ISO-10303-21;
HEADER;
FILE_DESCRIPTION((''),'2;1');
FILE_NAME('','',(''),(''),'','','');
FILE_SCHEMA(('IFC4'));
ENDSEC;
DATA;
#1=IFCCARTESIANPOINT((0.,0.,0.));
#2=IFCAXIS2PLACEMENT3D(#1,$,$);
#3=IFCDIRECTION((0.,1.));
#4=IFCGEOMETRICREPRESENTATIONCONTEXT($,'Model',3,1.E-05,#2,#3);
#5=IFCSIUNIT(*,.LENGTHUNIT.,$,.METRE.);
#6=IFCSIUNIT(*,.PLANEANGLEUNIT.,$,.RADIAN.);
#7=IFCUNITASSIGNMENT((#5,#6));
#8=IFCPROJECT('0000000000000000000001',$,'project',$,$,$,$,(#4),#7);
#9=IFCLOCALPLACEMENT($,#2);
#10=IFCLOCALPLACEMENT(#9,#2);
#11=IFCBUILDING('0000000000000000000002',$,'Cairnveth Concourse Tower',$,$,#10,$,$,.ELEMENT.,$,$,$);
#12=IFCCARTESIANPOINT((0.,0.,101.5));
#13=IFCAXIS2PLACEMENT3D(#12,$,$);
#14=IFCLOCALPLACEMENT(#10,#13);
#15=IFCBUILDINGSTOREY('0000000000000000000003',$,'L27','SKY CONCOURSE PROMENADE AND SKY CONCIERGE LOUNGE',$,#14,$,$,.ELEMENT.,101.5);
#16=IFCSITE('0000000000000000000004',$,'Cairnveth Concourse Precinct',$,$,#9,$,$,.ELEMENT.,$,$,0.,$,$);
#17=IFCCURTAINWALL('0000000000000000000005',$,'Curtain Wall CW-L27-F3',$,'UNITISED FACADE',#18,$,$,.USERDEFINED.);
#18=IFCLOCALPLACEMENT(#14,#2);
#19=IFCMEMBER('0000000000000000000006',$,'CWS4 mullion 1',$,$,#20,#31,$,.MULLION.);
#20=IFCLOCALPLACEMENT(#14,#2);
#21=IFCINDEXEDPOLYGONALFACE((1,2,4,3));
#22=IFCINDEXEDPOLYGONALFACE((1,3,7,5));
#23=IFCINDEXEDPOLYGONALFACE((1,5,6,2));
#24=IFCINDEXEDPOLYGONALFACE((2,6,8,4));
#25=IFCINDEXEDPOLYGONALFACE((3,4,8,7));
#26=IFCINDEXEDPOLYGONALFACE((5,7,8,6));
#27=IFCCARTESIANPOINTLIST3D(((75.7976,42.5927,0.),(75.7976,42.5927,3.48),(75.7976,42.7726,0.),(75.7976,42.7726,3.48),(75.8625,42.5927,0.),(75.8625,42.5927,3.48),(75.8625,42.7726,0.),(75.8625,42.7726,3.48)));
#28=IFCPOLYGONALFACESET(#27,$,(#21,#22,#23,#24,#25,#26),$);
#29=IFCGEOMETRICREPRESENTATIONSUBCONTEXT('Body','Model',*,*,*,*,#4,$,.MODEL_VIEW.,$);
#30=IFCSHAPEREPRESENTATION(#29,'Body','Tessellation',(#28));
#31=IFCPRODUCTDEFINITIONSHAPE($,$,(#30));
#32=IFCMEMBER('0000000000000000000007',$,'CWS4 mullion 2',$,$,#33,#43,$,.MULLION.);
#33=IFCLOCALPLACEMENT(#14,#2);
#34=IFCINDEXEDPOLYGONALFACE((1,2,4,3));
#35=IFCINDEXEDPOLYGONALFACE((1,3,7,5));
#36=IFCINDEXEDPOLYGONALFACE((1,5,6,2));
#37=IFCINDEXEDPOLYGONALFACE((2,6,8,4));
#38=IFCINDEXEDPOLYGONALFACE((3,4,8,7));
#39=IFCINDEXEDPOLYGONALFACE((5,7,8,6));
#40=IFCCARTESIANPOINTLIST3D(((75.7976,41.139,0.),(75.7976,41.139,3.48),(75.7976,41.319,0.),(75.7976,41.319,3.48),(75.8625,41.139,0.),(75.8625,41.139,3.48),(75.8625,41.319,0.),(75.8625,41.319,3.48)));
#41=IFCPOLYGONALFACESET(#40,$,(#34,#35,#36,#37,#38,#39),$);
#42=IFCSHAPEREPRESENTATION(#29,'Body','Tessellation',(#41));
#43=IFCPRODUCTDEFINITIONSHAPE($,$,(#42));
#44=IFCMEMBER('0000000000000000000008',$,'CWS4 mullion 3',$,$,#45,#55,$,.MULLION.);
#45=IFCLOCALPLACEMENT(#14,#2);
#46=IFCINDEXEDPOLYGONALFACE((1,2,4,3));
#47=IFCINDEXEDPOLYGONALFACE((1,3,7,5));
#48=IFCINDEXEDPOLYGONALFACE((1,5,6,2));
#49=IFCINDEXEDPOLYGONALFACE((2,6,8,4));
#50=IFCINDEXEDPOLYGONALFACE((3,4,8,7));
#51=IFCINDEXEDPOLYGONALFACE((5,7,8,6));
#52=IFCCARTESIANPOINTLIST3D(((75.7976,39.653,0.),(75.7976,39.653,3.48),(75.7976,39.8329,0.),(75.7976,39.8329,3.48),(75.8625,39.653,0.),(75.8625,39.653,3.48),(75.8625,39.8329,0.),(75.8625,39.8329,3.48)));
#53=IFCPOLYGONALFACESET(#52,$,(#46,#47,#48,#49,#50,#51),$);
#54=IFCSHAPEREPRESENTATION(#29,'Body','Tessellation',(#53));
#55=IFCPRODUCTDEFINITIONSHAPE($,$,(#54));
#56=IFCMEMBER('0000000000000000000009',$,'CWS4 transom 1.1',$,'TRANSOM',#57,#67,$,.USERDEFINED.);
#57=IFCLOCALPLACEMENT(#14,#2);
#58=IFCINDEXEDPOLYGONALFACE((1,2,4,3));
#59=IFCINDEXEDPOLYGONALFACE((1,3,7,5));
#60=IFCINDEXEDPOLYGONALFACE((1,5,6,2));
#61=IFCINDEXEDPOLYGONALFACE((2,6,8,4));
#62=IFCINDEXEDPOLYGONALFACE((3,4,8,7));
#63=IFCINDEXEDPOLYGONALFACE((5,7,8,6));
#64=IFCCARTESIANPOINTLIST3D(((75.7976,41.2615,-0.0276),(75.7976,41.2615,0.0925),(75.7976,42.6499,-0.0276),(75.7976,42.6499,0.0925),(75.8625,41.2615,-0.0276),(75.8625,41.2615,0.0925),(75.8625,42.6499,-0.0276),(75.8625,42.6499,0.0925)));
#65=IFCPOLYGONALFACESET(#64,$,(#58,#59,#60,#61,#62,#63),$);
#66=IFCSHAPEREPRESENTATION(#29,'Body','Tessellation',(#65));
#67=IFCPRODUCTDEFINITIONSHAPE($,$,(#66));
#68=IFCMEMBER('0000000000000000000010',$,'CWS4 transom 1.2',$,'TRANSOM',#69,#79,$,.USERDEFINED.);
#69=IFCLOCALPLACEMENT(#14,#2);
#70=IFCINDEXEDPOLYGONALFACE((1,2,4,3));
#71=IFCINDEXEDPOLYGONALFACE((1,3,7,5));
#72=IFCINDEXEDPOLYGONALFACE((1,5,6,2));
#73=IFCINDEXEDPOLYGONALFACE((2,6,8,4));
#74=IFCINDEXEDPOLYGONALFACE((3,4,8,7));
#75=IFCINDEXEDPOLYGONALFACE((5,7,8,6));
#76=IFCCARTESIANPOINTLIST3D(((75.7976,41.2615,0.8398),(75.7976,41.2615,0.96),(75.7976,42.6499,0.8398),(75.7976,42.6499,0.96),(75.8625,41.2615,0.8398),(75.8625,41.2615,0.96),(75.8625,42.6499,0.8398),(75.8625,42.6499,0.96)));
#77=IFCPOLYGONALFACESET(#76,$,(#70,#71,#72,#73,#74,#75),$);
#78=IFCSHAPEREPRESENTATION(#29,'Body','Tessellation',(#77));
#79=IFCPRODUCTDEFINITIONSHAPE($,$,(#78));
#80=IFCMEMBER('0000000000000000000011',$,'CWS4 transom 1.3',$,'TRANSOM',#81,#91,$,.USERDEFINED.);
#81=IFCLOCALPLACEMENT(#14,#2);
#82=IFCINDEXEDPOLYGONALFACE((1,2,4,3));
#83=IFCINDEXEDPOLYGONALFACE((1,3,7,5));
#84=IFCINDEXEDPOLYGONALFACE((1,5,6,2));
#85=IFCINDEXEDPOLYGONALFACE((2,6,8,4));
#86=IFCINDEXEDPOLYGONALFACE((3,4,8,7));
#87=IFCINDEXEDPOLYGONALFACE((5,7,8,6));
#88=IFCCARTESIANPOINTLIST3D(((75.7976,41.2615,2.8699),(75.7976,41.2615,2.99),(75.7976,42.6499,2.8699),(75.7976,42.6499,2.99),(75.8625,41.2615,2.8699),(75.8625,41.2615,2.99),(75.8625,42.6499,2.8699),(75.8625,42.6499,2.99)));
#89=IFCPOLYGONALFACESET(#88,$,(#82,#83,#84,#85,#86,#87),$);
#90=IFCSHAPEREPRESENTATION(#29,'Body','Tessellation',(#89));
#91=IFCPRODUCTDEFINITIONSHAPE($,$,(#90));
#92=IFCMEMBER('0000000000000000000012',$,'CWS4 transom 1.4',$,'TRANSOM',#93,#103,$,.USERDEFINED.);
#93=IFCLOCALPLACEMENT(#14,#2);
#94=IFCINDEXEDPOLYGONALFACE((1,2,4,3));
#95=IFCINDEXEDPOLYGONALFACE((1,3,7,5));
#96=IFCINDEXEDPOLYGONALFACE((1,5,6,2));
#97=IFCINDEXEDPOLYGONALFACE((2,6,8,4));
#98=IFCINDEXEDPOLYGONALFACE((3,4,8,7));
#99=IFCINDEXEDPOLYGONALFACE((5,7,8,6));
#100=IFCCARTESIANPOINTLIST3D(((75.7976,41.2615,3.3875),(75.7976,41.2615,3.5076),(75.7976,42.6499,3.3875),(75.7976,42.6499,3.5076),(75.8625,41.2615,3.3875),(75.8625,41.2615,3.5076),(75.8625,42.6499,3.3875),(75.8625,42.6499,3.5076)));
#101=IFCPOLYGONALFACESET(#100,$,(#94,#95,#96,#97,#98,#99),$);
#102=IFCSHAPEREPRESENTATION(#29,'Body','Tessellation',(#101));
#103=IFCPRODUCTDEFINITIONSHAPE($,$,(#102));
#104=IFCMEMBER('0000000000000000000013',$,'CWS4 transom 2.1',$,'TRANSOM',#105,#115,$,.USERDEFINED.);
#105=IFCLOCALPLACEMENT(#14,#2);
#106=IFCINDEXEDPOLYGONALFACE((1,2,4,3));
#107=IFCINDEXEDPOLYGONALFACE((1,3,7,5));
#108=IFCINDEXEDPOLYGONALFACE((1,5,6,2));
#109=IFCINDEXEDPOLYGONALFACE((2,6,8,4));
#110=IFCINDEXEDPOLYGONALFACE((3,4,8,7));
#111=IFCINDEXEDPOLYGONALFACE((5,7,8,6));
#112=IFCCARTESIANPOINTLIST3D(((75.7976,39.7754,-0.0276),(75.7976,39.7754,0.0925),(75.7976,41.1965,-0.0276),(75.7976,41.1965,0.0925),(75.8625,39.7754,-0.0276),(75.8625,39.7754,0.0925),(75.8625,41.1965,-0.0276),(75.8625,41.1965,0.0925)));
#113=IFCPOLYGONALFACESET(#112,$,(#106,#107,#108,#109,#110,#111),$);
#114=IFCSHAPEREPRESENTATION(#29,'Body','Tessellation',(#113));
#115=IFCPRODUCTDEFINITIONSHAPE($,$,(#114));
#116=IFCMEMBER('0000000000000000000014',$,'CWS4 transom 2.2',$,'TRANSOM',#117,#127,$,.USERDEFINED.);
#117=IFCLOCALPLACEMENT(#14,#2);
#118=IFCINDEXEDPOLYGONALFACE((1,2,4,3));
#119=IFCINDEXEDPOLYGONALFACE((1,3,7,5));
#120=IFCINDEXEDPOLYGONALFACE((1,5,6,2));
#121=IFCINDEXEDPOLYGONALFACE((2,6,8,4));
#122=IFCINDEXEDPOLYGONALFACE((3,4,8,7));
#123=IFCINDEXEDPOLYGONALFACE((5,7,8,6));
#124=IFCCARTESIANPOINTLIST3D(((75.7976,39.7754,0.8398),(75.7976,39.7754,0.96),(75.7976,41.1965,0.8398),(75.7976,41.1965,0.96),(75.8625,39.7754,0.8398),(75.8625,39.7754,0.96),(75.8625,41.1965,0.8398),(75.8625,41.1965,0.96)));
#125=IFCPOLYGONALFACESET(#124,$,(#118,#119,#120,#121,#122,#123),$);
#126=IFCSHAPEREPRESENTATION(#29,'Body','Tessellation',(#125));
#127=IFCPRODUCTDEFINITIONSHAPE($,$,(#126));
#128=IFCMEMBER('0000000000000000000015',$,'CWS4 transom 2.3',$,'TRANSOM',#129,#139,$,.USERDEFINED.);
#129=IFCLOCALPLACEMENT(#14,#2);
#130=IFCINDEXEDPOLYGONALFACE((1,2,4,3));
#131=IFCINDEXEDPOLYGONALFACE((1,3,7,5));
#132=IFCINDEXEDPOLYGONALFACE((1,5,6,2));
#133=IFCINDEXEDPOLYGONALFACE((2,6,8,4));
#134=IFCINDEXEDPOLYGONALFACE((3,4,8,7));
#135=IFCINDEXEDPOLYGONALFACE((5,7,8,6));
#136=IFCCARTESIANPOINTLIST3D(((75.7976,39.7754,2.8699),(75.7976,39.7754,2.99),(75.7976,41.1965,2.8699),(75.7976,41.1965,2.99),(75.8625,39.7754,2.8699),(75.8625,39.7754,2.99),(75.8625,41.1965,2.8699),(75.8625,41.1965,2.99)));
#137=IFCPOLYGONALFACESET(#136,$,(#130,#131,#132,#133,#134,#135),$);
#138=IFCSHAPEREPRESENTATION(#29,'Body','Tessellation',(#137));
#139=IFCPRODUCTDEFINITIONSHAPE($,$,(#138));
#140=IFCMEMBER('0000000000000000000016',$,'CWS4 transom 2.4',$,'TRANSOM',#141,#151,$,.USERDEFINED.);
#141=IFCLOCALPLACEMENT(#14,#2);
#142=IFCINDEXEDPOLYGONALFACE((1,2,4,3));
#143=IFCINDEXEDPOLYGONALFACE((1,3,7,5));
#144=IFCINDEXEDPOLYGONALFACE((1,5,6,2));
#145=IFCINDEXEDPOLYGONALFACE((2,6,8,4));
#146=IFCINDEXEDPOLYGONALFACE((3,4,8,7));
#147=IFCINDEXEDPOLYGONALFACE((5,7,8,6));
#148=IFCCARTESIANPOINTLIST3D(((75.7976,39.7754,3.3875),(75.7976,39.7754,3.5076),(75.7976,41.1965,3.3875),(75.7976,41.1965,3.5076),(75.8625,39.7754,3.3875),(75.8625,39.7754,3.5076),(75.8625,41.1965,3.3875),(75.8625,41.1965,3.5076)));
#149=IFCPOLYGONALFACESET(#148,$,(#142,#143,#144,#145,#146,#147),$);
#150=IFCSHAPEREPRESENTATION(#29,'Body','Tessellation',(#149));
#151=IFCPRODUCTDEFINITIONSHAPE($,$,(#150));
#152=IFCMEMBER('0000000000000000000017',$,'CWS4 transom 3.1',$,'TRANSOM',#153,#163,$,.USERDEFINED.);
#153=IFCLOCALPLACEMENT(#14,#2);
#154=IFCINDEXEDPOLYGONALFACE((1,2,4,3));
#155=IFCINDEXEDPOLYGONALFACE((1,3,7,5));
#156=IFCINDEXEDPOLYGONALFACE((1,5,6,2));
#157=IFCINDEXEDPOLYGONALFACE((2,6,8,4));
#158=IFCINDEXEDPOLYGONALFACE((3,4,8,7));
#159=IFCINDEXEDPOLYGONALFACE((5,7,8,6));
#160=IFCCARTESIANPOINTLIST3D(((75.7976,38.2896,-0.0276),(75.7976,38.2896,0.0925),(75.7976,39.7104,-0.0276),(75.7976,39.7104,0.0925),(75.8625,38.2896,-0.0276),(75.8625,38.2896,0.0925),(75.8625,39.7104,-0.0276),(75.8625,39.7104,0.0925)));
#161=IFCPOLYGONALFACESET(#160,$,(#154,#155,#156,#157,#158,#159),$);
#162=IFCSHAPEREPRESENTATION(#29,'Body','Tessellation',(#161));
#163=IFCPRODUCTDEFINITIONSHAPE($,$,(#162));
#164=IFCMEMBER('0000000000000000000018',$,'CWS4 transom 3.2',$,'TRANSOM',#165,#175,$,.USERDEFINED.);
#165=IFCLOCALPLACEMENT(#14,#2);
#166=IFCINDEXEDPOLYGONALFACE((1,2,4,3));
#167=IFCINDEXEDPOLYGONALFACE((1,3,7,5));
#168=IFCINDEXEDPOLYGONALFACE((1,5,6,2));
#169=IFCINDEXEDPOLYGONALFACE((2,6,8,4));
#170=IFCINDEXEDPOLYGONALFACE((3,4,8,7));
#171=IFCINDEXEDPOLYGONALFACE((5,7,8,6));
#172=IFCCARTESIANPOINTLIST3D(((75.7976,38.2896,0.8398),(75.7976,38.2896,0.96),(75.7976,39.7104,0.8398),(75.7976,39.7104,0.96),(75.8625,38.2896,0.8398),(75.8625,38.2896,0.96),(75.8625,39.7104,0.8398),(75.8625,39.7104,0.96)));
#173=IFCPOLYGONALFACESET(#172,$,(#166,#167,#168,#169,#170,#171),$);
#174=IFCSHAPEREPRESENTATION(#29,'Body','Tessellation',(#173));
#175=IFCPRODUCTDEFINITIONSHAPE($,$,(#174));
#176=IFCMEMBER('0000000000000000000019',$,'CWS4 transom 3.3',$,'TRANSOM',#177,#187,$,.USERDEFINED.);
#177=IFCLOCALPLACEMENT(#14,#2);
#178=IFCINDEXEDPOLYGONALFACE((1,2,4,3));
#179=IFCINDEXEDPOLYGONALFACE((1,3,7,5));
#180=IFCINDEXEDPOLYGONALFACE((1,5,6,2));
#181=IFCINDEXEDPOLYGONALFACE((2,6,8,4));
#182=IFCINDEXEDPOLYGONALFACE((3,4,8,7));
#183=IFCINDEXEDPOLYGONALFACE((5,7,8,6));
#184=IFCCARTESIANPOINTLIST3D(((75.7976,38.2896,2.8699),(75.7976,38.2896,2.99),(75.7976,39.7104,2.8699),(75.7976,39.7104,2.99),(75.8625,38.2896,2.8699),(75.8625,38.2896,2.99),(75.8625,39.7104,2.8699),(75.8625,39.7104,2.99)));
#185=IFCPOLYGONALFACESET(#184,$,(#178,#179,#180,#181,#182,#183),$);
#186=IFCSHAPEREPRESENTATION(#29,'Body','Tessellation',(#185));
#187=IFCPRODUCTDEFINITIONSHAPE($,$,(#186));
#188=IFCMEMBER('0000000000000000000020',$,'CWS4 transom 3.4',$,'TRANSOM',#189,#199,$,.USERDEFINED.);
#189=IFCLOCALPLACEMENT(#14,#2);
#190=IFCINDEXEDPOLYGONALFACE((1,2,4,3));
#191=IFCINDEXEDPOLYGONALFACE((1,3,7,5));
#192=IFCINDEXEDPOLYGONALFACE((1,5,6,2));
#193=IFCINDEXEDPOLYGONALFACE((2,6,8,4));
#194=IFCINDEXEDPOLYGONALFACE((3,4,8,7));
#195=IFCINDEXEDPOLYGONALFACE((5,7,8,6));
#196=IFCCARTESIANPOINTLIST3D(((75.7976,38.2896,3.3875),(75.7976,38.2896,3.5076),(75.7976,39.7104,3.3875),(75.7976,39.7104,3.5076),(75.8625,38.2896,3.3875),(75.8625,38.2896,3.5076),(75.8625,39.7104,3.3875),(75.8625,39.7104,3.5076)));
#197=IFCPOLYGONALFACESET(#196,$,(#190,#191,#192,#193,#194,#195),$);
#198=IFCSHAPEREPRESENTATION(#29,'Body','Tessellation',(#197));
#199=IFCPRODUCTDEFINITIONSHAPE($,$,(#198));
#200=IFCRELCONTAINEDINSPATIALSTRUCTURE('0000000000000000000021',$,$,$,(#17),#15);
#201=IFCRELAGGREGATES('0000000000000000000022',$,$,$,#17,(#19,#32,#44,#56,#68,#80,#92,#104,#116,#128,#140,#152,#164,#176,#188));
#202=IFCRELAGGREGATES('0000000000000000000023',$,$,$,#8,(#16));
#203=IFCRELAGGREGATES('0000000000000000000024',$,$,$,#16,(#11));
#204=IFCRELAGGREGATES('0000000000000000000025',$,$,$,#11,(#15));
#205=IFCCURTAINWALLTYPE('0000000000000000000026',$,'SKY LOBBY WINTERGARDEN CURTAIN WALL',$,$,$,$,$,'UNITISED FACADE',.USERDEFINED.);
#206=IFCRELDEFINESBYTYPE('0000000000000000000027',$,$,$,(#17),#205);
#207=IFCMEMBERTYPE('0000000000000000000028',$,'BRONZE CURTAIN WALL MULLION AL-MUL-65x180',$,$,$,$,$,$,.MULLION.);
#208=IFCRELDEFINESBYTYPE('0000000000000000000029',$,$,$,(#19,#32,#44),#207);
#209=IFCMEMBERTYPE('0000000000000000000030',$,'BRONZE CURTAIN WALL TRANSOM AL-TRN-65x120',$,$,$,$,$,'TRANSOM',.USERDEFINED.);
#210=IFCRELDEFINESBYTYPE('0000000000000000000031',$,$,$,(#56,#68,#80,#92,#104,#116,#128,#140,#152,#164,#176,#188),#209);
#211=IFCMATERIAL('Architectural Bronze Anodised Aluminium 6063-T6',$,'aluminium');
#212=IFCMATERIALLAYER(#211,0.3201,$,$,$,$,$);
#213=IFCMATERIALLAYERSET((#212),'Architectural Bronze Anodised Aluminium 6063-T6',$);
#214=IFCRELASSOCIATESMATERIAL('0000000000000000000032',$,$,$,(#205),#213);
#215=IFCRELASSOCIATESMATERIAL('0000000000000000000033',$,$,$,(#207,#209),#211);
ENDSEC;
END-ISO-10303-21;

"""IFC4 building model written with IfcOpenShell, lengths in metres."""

from ifc_helpers import new_model, si_unit, direction, frame, origin, origin_2d, place, context, subcontext, project, spatial, rectangle, extrude, material, layer, layer_set, material_profile, profile_set, type_object, element, aggregate, save


model = new_model("IFC4")

# Units and contexts
model_context = context("Model", 3, precision=1e-05, world=origin(), true_north=direction((0.0, 1.0)))
body_context = subcontext(model_context, "Body", "Model", "MODEL_VIEW")
ifc_project = project(units=[si_unit("LENGTHUNIT", "METRE"), si_unit("PLANEANGLEUNIT", "RADIAN")], contexts=[model_context])

# Site, building, storey
site_placement = place(None, origin())
site = spatial("IfcSite", under=ifc_project, at=site_placement, Name="Cairnveth Concourse Precinct", CompositionType="ELEMENT", RefElevation=0.0)
building_placement = place(site_placement, origin())
building = spatial("IfcBuilding", under=site, at=building_placement, Name="Cairnveth Concourse Tower", CompositionType="ELEMENT")
storey_placement = place(building_placement, frame((0.0, 0.0, 101.5)))
storey = spatial("IfcBuildingStorey", under=building, at=storey_placement, Name="L27", Description="SKY CONCOURSE PROMENADE AND SKY CONCIERGE LOUNGE", CompositionType="ELEMENT", Elevation=101.5)

# Curtain wall, members
ifc_material_1 = material(Name="Architectural Bronze Anodised Aluminium 6063-T6", Category="aluminium")
ifc_layer_1 = layer(ifc_material_1, 0.3201)
ifc_layer_set_1 = layer_set([ifc_layer_1], Name="Architectural Bronze Anodised Aluminium 6063-T6")
curtain_wall_type = type_object("IfcCurtainWallType", Name="SKY LOBBY WINTERGARDEN CURTAIN WALL", ElementType="UNITISED FACADE", PredefinedType="USERDEFINED", material=ifc_layer_set_1)
curtain_wall_placement = place(storey_placement, origin())
curtain_wall = element("IfcCurtainWall", 1, at=curtain_wall_placement, inside=storey, type_object=curtain_wall_type, Name="Curtain Wall CW-L27-F3", ObjectType="UNITISED FACADE", PredefinedType="USERDEFINED")
ifc_material_profile_1 = material_profile(ifc_material_1, rectangle(XDim=0.0649, YDim=0.1799, at=origin_2d()), Name="AL-MUL-65x180")
ifc_profile_set_1 = profile_set([ifc_material_profile_1], Name="Architectural Bronze Anodised Aluminium 6063-T6")
member_type_1 = type_object("IfcMemberType", Name="BRONZE CURTAIN WALL MULLION AL-MUL-65x180", PredefinedType="MULLION", material=ifc_profile_set_1)
member_1_placement = place(storey_placement, frame((75.8301, 42.6826, 0.0), z_axis=(0.0, 0.0, 1.0), x_axis=(1.0, 0.0, 0.0)))
member_1 = element("IfcMember", 2, at=member_1_placement, type_object=member_type_1, Name="CWS4 mullion 1", PredefinedType="MULLION", context=body_context, shape_type="SweptSolid", body=[
    extrude(rectangle(XDim=0.0649, YDim=0.1799, at=origin_2d()), origin(), (0.0, 0.0, 1.0), 3.48),
])
member_2_placement = place(storey_placement, frame((75.8301, 41.229, 0.0), z_axis=(0.0, 0.0, 1.0), x_axis=(1.0, 0.0, 0.0)))
member_2 = element("IfcMember", 3, at=member_2_placement, type_object=member_type_1, Name="CWS4 mullion 2", PredefinedType="MULLION", context=body_context, shape_type="SweptSolid", body=[
    extrude(rectangle(XDim=0.0649, YDim=0.1799, at=origin_2d()), origin(), (0.0, 0.0, 1.0), 3.48),
])
member_3_placement = place(storey_placement, frame((75.8301, 39.7429, 0.0), z_axis=(0.0, 0.0, 1.0), x_axis=(1.0, 0.0, 0.0)))
member_3 = element("IfcMember", 4, at=member_3_placement, type_object=member_type_1, Name="CWS4 mullion 3", PredefinedType="MULLION", context=body_context, shape_type="SweptSolid", body=[
    extrude(rectangle(XDim=0.0649, YDim=0.1799, at=origin_2d()), origin(), (0.0, 0.0, 1.0), 3.48),
])
ifc_material_profile_2 = material_profile(ifc_material_1, rectangle(XDim=0.0649, YDim=0.1201, at=origin_2d()), Name="AL-TRN-65x120")
ifc_profile_set_2 = profile_set([ifc_material_profile_2], Name="Architectural Bronze Anodised Aluminium 6063-T6")
member_type_2 = type_object("IfcMemberType", Name="BRONZE CURTAIN WALL TRANSOM AL-TRN-65x120", ElementType="TRANSOM", PredefinedType="USERDEFINED", material=ifc_profile_set_2)
member_4_placement = place(storey_placement, frame((75.8301, 42.6499, 0.0325), z_axis=(0.0, -1.0, 0.0), x_axis=(1.0, 0.0, 0.0)))
member_4 = element("IfcMember", 5, at=member_4_placement, type_object=member_type_2, Name="CWS4 transom 1.1", ObjectType="TRANSOM", PredefinedType="USERDEFINED", context=body_context, shape_type="SweptSolid", body=[
    extrude(rectangle(XDim=0.0649, YDim=0.1201, at=origin_2d()), origin(), (0.0, 0.0, 1.0), 1.3884),
])
member_5_placement = place(storey_placement, frame((75.8301, 42.6499, 0.8999), z_axis=(0.0, -1.0, 0.0), x_axis=(1.0, 0.0, 0.0)))
member_5 = element("IfcMember", 6, at=member_5_placement, type_object=member_type_2, Name="CWS4 transom 1.2", ObjectType="TRANSOM", PredefinedType="USERDEFINED", context=body_context, shape_type="SweptSolid", body=[
    extrude(rectangle(XDim=0.0649, YDim=0.1201, at=origin_2d()), origin(), (0.0, 0.0, 1.0), 1.3884),
])
member_6_placement = place(storey_placement, frame((75.8301, 42.6499, 2.9299), z_axis=(0.0, -1.0, 0.0), x_axis=(1.0, 0.0, 0.0)))
member_6 = element("IfcMember", 7, at=member_6_placement, type_object=member_type_2, Name="CWS4 transom 1.3", ObjectType="TRANSOM", PredefinedType="USERDEFINED", context=body_context, shape_type="SweptSolid", body=[
    extrude(rectangle(XDim=0.0649, YDim=0.1201, at=origin_2d()), origin(), (0.0, 0.0, 1.0), 1.3884),
])
member_7_placement = place(storey_placement, frame((75.8301, 42.6499, 3.4475), z_axis=(0.0, -1.0, 0.0), x_axis=(1.0, 0.0, 0.0)))
member_7 = element("IfcMember", 8, at=member_7_placement, type_object=member_type_2, Name="CWS4 transom 1.4", ObjectType="TRANSOM", PredefinedType="USERDEFINED", context=body_context, shape_type="SweptSolid", body=[
    extrude(rectangle(XDim=0.0649, YDim=0.1201, at=origin_2d()), origin(), (0.0, 0.0, 1.0), 1.3884),
])
member_8_placement = place(storey_placement, frame((75.8301, 41.1965, 0.0325), z_axis=(0.0, -1.0, 0.0), x_axis=(1.0, 0.0, 0.0)))
member_8 = element("IfcMember", 9, at=member_8_placement, type_object=member_type_2, Name="CWS4 transom 2.1", ObjectType="TRANSOM", PredefinedType="USERDEFINED", context=body_context, shape_type="SweptSolid", body=[
    extrude(rectangle(XDim=0.0649, YDim=0.1201, at=origin_2d()), origin(), (0.0, 0.0, 1.0), 1.4211),
])
member_9_placement = place(storey_placement, frame((75.8301, 41.1965, 0.8999), z_axis=(0.0, -1.0, 0.0), x_axis=(1.0, 0.0, 0.0)))
member_9 = element("IfcMember", 10, at=member_9_placement, type_object=member_type_2, Name="CWS4 transom 2.2", ObjectType="TRANSOM", PredefinedType="USERDEFINED", context=body_context, shape_type="SweptSolid", body=[
    extrude(rectangle(XDim=0.0649, YDim=0.1201, at=origin_2d()), origin(), (0.0, 0.0, 1.0), 1.4211),
])
member_10_placement = place(storey_placement, frame((75.8301, 41.1965, 2.9299), z_axis=(0.0, -1.0, 0.0), x_axis=(1.0, 0.0, 0.0)))
member_10 = element("IfcMember", 11, at=member_10_placement, type_object=member_type_2, Name="CWS4 transom 2.3", ObjectType="TRANSOM", PredefinedType="USERDEFINED", context=body_context, shape_type="SweptSolid", body=[
    extrude(rectangle(XDim=0.0649, YDim=0.1201, at=origin_2d()), origin(), (0.0, 0.0, 1.0), 1.4211),
])
member_11_placement = place(storey_placement, frame((75.8301, 41.1965, 3.4475), z_axis=(0.0, -1.0, 0.0), x_axis=(1.0, 0.0, 0.0)))
member_11 = element("IfcMember", 12, at=member_11_placement, type_object=member_type_2, Name="CWS4 transom 2.4", ObjectType="TRANSOM", PredefinedType="USERDEFINED", context=body_context, shape_type="SweptSolid", body=[
    extrude(rectangle(XDim=0.0649, YDim=0.1201, at=origin_2d()), origin(), (0.0, 0.0, 1.0), 1.4211),
])
member_12_placement = place(storey_placement, frame((75.8301, 39.7104, 0.0325), z_axis=(0.0, -1.0, 0.0), x_axis=(1.0, 0.0, 0.0)))
member_12 = element("IfcMember", 13, at=member_12_placement, type_object=member_type_2, Name="CWS4 transom 3.1", ObjectType="TRANSOM", PredefinedType="USERDEFINED", context=body_context, shape_type="SweptSolid", body=[
    extrude(rectangle(XDim=0.0649, YDim=0.1201, at=origin_2d()), origin(), (0.0, 0.0, 1.0), 1.4209),
])
member_13_placement = place(storey_placement, frame((75.8301, 39.7104, 0.8999), z_axis=(0.0, -1.0, 0.0), x_axis=(1.0, 0.0, 0.0)))
member_13 = element("IfcMember", 14, at=member_13_placement, type_object=member_type_2, Name="CWS4 transom 3.2", ObjectType="TRANSOM", PredefinedType="USERDEFINED", context=body_context, shape_type="SweptSolid", body=[
    extrude(rectangle(XDim=0.0649, YDim=0.1201, at=origin_2d()), origin(), (0.0, 0.0, 1.0), 1.4209),
])
member_14_placement = place(storey_placement, frame((75.8301, 39.7104, 2.9299), z_axis=(0.0, -1.0, 0.0), x_axis=(1.0, 0.0, 0.0)))
member_14 = element("IfcMember", 15, at=member_14_placement, type_object=member_type_2, Name="CWS4 transom 3.3", ObjectType="TRANSOM", PredefinedType="USERDEFINED", context=body_context, shape_type="SweptSolid", body=[
    extrude(rectangle(XDim=0.0649, YDim=0.1201, at=origin_2d()), origin(), (0.0, 0.0, 1.0), 1.4209),
])
member_15_placement = place(storey_placement, frame((75.8301, 39.7104, 3.4475), z_axis=(0.0, -1.0, 0.0), x_axis=(1.0, 0.0, 0.0)))
member_15 = element("IfcMember", 16, at=member_15_placement, type_object=member_type_2, Name="CWS4 transom 3.4", ObjectType="TRANSOM", PredefinedType="USERDEFINED", context=body_context, shape_type="SweptSolid", body=[
    extrude(rectangle(XDim=0.0649, YDim=0.1201, at=origin_2d()), origin(), (0.0, 0.0, 1.0), 1.4209),
])
aggregate(curtain_wall, [member_1, member_2, member_3, member_4, member_5, member_6, member_7, member_8, member_9, member_10, member_11, member_12, member_13, member_14, member_15])

save(model, "model.ifc")
